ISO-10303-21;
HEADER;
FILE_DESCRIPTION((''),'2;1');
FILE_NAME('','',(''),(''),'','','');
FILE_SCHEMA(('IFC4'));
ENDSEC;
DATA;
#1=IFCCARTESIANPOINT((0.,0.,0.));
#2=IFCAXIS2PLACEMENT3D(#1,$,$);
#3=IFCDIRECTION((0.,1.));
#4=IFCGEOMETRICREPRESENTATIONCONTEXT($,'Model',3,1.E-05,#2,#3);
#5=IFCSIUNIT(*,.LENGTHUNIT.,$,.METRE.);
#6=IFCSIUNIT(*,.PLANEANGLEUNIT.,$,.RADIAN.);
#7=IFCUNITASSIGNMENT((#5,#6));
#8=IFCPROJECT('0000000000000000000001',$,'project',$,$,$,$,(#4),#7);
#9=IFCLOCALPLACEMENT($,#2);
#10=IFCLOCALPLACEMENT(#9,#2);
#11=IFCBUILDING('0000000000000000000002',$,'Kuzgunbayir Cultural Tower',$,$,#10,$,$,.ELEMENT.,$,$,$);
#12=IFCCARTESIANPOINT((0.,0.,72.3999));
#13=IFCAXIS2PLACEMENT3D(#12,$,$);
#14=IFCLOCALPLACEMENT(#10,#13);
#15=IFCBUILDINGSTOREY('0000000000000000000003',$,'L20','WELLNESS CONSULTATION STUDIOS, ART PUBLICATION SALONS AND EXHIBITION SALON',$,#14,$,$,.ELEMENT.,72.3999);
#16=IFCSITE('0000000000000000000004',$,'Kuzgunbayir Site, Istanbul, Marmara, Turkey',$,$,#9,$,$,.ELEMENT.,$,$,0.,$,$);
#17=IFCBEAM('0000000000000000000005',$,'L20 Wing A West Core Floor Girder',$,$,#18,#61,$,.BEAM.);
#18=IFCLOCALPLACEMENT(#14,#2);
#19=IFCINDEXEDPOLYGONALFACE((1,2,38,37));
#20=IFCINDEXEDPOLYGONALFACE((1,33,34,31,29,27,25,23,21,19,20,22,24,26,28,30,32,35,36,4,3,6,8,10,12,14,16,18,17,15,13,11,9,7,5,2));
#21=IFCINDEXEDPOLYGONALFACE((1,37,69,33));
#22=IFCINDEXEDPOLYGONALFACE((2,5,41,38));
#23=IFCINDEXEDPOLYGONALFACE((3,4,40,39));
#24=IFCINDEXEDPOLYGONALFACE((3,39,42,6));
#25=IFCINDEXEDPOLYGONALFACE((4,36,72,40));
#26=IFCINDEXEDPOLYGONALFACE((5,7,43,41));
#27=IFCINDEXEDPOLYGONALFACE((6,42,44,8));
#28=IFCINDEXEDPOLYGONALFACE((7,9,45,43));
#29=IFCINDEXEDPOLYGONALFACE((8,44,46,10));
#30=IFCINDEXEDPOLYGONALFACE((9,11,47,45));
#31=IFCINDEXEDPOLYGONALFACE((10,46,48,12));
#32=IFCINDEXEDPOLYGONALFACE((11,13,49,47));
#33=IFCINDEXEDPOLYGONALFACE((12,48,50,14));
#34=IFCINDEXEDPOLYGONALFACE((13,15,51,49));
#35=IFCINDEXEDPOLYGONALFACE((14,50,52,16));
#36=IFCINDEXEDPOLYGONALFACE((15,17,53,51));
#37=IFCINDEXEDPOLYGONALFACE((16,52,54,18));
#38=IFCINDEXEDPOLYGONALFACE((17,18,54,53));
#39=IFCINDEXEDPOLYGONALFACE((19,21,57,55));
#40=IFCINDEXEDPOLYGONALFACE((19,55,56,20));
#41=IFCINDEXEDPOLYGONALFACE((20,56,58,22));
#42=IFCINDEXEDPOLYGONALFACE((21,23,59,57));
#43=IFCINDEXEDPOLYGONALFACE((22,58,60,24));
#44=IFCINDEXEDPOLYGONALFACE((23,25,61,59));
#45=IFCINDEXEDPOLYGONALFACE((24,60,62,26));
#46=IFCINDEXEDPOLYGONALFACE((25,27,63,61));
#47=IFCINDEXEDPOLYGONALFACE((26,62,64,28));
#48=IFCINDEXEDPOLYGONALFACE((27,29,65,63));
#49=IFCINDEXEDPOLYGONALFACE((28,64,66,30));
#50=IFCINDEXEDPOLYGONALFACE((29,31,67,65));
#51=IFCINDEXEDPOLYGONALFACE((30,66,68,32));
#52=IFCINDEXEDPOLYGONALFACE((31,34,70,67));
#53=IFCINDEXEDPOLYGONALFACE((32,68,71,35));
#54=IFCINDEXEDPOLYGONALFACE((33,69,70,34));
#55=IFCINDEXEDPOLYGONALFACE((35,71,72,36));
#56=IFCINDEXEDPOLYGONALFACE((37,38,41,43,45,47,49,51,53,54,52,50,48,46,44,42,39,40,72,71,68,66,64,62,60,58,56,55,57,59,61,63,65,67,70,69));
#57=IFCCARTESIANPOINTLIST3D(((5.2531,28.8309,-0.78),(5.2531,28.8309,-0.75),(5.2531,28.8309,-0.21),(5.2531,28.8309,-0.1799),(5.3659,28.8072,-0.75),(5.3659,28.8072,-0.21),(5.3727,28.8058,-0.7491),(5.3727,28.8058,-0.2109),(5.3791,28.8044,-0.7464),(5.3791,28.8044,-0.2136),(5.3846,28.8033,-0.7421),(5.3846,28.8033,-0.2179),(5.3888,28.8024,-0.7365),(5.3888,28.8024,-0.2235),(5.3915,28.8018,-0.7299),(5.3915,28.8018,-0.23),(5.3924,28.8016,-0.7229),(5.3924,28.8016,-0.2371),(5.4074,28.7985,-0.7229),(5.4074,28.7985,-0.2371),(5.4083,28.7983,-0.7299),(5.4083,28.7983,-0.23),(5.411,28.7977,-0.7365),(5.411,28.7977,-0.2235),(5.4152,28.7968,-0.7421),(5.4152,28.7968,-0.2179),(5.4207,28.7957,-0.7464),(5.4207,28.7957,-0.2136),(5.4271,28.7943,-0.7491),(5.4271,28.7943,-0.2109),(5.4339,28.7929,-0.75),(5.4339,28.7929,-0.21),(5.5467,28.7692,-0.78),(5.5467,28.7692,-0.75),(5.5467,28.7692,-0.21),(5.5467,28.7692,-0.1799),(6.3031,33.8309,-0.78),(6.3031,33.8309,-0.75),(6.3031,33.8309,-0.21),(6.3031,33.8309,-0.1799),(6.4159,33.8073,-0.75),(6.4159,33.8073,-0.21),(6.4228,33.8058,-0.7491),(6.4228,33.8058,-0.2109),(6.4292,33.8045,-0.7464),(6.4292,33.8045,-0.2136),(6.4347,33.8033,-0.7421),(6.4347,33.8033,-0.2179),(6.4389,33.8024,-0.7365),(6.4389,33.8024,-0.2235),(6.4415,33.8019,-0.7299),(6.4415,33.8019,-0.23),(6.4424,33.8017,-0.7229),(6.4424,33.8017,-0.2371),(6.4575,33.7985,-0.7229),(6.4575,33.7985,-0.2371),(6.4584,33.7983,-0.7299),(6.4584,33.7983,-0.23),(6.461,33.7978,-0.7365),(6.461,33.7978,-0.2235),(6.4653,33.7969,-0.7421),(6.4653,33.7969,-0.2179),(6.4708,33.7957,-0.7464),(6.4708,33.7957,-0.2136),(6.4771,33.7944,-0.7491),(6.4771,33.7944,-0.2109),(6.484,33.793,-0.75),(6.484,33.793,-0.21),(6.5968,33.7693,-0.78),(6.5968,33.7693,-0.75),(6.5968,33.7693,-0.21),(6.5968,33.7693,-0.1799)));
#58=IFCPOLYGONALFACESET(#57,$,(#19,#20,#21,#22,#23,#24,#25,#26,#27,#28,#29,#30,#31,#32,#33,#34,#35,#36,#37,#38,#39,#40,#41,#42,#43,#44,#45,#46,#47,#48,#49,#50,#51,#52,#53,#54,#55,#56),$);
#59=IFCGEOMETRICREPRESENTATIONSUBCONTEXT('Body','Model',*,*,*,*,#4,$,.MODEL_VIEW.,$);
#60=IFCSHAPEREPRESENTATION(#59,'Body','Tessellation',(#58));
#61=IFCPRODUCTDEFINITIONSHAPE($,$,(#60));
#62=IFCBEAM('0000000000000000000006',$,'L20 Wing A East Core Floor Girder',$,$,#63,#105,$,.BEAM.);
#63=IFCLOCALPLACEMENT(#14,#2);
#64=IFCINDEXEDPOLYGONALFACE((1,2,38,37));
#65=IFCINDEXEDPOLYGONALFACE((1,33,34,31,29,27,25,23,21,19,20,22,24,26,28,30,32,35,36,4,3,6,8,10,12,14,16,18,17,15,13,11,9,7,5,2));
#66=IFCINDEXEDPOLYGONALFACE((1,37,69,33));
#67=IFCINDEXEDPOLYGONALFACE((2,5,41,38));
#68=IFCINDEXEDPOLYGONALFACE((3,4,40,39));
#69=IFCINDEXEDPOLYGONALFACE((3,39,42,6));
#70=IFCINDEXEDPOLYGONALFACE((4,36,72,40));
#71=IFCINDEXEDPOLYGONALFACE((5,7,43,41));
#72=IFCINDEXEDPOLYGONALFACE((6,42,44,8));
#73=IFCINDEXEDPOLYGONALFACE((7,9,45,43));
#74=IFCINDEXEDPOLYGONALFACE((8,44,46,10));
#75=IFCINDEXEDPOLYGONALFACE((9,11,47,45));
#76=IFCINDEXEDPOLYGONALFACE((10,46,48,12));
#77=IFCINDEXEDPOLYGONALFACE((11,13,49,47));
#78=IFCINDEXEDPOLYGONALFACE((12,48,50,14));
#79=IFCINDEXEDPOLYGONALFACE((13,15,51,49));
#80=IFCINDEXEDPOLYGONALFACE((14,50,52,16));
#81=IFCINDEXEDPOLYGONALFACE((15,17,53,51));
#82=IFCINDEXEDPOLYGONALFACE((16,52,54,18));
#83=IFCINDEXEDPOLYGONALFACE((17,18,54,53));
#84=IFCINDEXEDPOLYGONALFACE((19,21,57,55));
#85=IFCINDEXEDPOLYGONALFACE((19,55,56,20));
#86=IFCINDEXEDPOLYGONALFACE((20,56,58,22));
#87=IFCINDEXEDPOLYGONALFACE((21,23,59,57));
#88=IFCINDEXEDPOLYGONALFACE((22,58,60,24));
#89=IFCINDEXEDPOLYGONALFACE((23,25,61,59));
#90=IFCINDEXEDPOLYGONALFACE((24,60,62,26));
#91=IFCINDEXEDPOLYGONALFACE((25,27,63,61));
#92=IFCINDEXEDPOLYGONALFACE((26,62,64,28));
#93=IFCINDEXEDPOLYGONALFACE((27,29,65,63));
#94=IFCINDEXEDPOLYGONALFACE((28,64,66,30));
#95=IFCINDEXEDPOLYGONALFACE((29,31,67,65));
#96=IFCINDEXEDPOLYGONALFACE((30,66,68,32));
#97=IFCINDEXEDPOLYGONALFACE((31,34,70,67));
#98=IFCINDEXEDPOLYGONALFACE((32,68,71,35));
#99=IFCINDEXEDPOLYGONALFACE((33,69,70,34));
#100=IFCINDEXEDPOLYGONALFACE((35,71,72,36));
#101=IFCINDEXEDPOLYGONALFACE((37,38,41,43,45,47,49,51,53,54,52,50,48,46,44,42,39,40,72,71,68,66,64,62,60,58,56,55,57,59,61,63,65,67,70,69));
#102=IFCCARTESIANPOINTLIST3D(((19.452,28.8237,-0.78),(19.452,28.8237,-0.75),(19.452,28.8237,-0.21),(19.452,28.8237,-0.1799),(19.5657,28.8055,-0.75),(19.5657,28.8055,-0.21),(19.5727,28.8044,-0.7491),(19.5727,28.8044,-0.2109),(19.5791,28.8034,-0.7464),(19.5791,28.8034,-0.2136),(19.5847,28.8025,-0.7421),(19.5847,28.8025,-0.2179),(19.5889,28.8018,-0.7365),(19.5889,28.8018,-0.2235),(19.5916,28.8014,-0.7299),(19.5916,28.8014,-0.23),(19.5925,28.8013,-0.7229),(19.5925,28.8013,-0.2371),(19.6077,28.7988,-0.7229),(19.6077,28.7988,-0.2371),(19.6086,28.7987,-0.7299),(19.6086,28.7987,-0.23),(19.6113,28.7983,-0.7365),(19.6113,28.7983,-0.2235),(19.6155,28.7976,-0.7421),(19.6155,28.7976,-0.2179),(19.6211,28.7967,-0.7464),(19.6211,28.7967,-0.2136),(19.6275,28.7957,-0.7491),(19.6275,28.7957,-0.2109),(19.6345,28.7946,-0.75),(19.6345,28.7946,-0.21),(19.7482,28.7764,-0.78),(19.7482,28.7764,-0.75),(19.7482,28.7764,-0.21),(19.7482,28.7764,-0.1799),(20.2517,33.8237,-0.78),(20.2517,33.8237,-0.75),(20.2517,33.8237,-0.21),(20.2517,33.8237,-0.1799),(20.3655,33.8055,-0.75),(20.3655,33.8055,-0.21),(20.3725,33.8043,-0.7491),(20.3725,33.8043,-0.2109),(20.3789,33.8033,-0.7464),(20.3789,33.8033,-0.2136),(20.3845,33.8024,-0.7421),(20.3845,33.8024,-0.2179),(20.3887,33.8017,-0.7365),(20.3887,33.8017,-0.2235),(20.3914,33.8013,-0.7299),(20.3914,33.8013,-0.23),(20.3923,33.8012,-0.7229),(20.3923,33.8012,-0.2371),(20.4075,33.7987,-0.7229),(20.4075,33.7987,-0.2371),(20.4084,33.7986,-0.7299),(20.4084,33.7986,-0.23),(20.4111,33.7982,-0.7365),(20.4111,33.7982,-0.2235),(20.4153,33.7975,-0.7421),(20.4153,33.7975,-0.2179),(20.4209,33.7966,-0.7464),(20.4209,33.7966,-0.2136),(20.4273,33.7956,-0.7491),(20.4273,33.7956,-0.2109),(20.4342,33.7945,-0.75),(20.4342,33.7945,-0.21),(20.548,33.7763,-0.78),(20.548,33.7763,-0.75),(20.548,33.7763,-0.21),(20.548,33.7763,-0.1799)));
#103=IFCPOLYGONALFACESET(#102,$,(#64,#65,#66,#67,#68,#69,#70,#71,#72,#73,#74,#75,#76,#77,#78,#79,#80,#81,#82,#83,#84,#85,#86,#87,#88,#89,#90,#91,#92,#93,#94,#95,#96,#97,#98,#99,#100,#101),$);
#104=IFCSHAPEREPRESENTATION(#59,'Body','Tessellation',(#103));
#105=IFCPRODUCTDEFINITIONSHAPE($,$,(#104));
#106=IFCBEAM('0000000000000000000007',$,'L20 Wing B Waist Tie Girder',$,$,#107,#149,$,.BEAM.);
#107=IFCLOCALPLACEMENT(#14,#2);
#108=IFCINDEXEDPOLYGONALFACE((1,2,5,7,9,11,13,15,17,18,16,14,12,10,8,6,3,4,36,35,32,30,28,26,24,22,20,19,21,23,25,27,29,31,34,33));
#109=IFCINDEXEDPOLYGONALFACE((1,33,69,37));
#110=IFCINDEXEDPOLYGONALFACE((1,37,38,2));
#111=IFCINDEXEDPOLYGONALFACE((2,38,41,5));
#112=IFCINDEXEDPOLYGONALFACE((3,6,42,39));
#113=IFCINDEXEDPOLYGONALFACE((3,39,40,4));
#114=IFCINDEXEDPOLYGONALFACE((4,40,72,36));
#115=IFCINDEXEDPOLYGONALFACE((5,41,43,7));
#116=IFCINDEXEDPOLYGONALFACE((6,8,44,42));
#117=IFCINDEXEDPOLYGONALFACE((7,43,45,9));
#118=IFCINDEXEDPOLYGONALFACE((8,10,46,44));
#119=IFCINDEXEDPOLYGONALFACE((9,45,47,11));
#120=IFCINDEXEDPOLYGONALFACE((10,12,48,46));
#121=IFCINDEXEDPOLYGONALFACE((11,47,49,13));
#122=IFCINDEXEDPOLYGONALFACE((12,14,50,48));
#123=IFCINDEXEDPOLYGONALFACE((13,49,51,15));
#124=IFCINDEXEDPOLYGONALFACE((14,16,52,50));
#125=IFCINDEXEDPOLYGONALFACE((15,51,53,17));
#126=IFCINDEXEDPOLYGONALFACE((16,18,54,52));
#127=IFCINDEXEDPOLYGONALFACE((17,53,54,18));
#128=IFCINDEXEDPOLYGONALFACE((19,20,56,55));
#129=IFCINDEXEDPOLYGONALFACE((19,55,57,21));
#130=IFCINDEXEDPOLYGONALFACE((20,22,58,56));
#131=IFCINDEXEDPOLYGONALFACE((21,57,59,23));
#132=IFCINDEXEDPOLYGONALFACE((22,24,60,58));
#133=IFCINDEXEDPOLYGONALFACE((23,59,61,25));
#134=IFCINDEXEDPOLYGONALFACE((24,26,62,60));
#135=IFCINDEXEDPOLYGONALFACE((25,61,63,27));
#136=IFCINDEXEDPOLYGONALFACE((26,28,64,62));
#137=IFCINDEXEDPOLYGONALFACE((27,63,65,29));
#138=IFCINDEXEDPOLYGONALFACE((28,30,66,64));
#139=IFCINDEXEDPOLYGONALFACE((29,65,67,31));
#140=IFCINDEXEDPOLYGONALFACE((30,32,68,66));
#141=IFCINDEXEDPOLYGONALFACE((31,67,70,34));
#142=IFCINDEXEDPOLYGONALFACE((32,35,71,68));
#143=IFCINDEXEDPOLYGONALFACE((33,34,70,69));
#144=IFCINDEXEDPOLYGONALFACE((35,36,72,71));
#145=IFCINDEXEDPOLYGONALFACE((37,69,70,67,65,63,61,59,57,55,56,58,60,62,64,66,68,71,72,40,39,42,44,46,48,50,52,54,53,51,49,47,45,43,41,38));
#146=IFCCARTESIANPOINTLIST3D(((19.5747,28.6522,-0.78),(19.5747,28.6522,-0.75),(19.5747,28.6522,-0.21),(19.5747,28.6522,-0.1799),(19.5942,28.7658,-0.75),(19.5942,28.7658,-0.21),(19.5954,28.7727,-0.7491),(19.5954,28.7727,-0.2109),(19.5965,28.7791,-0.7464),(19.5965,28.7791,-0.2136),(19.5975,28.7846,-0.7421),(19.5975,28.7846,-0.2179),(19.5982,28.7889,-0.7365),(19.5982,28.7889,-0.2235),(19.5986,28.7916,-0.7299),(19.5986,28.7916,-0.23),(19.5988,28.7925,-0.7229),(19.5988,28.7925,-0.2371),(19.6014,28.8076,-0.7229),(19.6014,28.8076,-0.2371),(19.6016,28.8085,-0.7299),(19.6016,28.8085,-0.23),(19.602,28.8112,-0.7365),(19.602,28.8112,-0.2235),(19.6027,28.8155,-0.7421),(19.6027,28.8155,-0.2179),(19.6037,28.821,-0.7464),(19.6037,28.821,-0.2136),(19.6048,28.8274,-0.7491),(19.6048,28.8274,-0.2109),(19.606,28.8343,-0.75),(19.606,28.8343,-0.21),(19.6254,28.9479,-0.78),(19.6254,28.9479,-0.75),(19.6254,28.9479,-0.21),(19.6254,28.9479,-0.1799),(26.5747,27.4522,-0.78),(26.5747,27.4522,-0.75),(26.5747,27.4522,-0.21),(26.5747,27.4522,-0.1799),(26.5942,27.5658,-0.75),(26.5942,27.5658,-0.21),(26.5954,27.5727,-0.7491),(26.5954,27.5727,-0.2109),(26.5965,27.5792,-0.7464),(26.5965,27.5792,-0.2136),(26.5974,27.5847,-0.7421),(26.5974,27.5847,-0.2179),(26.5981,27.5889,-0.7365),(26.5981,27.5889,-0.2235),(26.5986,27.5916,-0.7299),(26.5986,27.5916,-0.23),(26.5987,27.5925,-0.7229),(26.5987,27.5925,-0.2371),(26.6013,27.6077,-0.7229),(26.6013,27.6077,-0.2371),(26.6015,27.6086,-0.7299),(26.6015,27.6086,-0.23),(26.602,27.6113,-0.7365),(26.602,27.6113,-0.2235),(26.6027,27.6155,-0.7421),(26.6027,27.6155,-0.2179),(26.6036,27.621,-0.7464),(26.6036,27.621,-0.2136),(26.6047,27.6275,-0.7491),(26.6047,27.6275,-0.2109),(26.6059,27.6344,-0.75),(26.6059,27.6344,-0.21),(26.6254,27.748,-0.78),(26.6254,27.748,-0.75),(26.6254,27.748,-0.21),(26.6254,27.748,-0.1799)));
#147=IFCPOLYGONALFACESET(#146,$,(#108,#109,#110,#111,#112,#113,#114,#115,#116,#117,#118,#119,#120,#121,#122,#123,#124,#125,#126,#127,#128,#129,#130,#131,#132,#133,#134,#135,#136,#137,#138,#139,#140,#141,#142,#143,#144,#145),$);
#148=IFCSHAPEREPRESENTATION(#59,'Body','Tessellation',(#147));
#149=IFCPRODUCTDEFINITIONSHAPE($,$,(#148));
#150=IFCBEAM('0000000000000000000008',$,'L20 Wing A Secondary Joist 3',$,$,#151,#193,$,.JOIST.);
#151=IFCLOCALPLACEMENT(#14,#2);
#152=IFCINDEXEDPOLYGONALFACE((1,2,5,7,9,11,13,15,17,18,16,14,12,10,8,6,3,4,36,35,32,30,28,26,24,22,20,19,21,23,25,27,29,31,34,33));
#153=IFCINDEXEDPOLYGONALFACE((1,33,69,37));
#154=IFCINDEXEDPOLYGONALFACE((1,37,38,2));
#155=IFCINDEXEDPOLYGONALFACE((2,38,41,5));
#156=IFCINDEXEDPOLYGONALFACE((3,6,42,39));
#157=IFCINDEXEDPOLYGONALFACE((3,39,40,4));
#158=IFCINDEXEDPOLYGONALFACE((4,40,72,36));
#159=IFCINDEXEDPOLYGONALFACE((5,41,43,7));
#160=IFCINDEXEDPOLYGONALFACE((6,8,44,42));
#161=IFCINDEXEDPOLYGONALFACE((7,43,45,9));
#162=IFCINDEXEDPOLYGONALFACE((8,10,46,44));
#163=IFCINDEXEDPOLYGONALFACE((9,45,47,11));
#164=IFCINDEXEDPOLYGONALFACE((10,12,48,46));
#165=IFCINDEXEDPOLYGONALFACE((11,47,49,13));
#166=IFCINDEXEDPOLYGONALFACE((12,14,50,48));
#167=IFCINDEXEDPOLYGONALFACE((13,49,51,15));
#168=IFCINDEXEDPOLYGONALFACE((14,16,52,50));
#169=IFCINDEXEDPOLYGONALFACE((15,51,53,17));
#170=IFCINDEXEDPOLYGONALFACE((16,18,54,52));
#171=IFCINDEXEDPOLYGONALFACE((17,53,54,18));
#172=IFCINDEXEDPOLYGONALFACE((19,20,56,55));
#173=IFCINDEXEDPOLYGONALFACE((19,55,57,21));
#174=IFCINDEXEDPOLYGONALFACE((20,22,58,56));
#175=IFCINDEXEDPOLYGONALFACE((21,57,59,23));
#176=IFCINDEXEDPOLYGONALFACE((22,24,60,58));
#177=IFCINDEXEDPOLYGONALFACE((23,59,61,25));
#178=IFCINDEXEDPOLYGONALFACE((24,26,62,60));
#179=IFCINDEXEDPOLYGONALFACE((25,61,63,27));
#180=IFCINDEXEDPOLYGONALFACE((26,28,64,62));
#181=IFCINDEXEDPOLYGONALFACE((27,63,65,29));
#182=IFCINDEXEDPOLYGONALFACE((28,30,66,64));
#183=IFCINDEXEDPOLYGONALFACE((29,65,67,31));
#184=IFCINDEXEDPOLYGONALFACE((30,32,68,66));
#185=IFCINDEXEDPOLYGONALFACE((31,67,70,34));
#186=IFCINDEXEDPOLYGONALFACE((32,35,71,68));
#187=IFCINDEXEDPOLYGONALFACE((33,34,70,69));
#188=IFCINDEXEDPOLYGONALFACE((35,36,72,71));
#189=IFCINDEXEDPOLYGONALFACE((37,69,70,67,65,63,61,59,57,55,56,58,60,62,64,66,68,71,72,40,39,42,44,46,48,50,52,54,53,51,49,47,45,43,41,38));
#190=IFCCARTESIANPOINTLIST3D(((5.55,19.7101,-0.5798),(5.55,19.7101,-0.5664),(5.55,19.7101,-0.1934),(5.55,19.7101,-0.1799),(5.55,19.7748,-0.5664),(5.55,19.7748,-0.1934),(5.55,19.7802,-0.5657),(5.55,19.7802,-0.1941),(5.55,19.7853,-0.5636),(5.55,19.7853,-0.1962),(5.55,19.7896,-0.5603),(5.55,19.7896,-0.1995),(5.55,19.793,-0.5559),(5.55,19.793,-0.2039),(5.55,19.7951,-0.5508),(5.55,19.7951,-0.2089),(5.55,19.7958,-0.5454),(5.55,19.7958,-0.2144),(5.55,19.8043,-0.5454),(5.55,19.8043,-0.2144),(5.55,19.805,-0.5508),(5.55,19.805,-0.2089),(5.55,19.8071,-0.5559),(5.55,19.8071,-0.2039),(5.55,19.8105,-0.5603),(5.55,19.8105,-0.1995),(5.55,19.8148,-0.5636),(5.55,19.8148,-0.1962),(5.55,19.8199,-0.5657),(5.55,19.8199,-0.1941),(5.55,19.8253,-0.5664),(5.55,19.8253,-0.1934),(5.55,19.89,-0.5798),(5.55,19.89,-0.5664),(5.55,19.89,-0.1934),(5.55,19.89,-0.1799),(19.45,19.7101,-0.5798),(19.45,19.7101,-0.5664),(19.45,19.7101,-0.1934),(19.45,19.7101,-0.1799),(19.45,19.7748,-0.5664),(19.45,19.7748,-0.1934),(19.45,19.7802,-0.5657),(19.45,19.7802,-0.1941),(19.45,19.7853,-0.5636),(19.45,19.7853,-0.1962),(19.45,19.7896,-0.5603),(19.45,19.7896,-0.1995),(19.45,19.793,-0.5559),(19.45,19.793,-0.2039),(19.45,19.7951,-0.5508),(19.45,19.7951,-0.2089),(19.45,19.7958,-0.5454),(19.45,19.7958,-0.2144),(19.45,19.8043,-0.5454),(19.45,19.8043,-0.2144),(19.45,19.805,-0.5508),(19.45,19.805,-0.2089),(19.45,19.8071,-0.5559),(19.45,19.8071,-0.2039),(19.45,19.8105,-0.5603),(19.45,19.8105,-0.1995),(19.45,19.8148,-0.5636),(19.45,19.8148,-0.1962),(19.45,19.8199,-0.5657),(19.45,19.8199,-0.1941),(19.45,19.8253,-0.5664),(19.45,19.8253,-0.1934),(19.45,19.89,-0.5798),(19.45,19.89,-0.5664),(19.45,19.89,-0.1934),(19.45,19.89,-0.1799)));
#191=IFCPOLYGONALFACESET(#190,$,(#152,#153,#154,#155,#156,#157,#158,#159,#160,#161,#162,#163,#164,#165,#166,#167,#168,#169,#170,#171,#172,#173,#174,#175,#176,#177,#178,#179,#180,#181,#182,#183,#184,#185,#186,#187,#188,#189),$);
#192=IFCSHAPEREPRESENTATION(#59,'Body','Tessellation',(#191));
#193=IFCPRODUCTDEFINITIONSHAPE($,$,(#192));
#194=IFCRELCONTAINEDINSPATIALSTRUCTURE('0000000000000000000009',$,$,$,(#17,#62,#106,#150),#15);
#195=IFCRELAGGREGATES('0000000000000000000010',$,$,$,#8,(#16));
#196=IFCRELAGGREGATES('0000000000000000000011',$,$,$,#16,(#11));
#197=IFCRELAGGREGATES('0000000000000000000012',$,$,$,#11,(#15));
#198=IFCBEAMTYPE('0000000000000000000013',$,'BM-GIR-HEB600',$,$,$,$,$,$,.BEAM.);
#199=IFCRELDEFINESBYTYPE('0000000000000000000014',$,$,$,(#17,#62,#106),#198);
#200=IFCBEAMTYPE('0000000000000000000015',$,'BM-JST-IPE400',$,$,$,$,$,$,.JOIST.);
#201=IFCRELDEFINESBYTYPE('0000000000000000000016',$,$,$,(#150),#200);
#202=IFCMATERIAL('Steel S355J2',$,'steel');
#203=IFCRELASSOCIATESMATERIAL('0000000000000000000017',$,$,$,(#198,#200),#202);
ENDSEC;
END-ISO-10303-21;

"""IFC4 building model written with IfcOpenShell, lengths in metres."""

from ifc_helpers import new_model, si_unit, direction, frame, origin, origin_2d, place, context, subcontext, project, spatial, i_section, extrude, material, material_profile, profile_set, type_object, element, save


model = new_model("IFC4")

# Units and contexts
model_context = context("Model", 3, precision=1e-05, world=origin(), true_north=direction((0.0, 1.0)))
body_context = subcontext(model_context, "Body", "Model", "MODEL_VIEW")
ifc_project = project(units=[si_unit("LENGTHUNIT", "METRE"), si_unit("PLANEANGLEUNIT", "RADIAN")], contexts=[model_context])

# Site, building, storey
site_placement = place(None, origin())
site = spatial("IfcSite", under=ifc_project, at=site_placement, Name="Kuzgunbayir Site, Istanbul, Marmara, Turkey", CompositionType="ELEMENT", RefElevation=0.0)
building_placement = place(site_placement, origin())
building = spatial("IfcBuilding", under=site, at=building_placement, Name="Kuzgunbayir Cultural Tower", CompositionType="ELEMENT")
storey_placement = place(building_placement, frame((0.0, 0.0, 72.3999)))
storey = spatial("IfcBuildingStorey", under=building, at=storey_placement, Name="L20", Description="WELLNESS CONSULTATION STUDIOS, ART PUBLICATION SALONS AND EXHIBITION SALON", CompositionType="ELEMENT", Elevation=72.3999)

# Beams
ifc_material_1 = material(Name="Steel S355J2", Category="steel")
ifc_material_profile_1 = material_profile(ifc_material_1, i_section(OverallWidth=0.3, OverallDepth=0.6001, WebThickness=0.0154, FlangeThickness=0.03, FilletRadius=0.0271, at=origin_2d()), Name="HEB 600")
ifc_profile_set_1 = profile_set([ifc_material_profile_1], Name="Steel S355J2")
beam_type_1 = type_object("IfcBeamType", Name="BM-GIR-HEB600", PredefinedType="BEAM", material=ifc_profile_set_1)
beam_1_placement = place(storey_placement, frame((5.3999, 28.8, -0.48), z_axis=(0.205526, 0.978652, 0.0), x_axis=(-0.978652, 0.205526, 0.0)))
element("IfcBeam", 1, at=beam_1_placement, inside=storey, type_object=beam_type_1, Name="L20 Wing A West Core Floor Girder", PredefinedType="BEAM", context=body_context, shape_type="SweptSolid", body=[
    extrude(i_section(OverallWidth=0.3, OverallDepth=0.6001, WebThickness=0.0154, FlangeThickness=0.03, FilletRadius=0.0271, at=origin_2d()), origin(), (0.0, 0.0, 1.0), 5.1091),
])
beam_2_placement = place(storey_placement, frame((19.6001, 28.8, -0.48), z_axis=(0.157953, 0.987447, 0.0), x_axis=(-0.987447, 0.157953, 0.0)))
element("IfcBeam", 2, at=beam_2_placement, inside=storey, type_object=beam_type_1, Name="L20 Wing A East Core Floor Girder", PredefinedType="BEAM", context=body_context, shape_type="SweptSolid", body=[
    extrude(i_section(OverallWidth=0.3, OverallDepth=0.6001, WebThickness=0.0154, FlangeThickness=0.03, FilletRadius=0.0271, at=origin_2d()), origin(), (0.0, 0.0, 1.0), 5.0635),
])
beam_3_placement = place(storey_placement, frame((19.6001, 28.8, -0.48), z_axis=(0.985623, -0.168957, 0.0), x_axis=(0.168957, 0.985623, 0.0)))
element("IfcBeam", 3, at=beam_3_placement, inside=storey, type_object=beam_type_1, Name="L20 Wing B Waist Tie Girder", PredefinedType="BEAM", context=body_context, shape_type="SweptSolid", body=[
    extrude(i_section(OverallWidth=0.3, OverallDepth=0.6001, WebThickness=0.0154, FlangeThickness=0.03, FilletRadius=0.0271, at=origin_2d()), origin(), (0.0, 0.0, 1.0), 7.1021),
])
ifc_material_profile_2 = material_profile(ifc_material_1, i_section(OverallWidth=0.1799, OverallDepth=0.3999, WebThickness=0.0085, FlangeThickness=0.0134, FilletRadius=0.021, at=origin_2d()), Name="IPE 400")
ifc_profile_set_2 = profile_set([ifc_material_profile_2], Name="Steel S355J2")
beam_type_2 = type_object("IfcBeamType", Name="BM-JST-IPE400", PredefinedType="JOIST", material=ifc_profile_set_2)
for number, where, z_axis, x_axis, name in (
    (4, (5.55, 19.8, -0.3799), (1.0, 0.0, 0.0), (0.0, 1.0, 0.0), "L20 Wing A Secondary Joist 3"),
):
    element("IfcBeam", number, at=place(storey_placement, frame(where, z_axis=z_axis, x_axis=x_axis)), inside=storey, type_object=beam_type_2, Name=name, PredefinedType="JOIST", context=body_context, shape_type="SweptSolid", body=[
        extrude(i_section(OverallWidth=0.1799, OverallDepth=0.3999, WebThickness=0.0085, FlangeThickness=0.0134, FilletRadius=0.021, at=origin_2d()), origin(), (0.0, 0.0, 1.0), 13.8999),
    ])

save(model, "model.ifc")
